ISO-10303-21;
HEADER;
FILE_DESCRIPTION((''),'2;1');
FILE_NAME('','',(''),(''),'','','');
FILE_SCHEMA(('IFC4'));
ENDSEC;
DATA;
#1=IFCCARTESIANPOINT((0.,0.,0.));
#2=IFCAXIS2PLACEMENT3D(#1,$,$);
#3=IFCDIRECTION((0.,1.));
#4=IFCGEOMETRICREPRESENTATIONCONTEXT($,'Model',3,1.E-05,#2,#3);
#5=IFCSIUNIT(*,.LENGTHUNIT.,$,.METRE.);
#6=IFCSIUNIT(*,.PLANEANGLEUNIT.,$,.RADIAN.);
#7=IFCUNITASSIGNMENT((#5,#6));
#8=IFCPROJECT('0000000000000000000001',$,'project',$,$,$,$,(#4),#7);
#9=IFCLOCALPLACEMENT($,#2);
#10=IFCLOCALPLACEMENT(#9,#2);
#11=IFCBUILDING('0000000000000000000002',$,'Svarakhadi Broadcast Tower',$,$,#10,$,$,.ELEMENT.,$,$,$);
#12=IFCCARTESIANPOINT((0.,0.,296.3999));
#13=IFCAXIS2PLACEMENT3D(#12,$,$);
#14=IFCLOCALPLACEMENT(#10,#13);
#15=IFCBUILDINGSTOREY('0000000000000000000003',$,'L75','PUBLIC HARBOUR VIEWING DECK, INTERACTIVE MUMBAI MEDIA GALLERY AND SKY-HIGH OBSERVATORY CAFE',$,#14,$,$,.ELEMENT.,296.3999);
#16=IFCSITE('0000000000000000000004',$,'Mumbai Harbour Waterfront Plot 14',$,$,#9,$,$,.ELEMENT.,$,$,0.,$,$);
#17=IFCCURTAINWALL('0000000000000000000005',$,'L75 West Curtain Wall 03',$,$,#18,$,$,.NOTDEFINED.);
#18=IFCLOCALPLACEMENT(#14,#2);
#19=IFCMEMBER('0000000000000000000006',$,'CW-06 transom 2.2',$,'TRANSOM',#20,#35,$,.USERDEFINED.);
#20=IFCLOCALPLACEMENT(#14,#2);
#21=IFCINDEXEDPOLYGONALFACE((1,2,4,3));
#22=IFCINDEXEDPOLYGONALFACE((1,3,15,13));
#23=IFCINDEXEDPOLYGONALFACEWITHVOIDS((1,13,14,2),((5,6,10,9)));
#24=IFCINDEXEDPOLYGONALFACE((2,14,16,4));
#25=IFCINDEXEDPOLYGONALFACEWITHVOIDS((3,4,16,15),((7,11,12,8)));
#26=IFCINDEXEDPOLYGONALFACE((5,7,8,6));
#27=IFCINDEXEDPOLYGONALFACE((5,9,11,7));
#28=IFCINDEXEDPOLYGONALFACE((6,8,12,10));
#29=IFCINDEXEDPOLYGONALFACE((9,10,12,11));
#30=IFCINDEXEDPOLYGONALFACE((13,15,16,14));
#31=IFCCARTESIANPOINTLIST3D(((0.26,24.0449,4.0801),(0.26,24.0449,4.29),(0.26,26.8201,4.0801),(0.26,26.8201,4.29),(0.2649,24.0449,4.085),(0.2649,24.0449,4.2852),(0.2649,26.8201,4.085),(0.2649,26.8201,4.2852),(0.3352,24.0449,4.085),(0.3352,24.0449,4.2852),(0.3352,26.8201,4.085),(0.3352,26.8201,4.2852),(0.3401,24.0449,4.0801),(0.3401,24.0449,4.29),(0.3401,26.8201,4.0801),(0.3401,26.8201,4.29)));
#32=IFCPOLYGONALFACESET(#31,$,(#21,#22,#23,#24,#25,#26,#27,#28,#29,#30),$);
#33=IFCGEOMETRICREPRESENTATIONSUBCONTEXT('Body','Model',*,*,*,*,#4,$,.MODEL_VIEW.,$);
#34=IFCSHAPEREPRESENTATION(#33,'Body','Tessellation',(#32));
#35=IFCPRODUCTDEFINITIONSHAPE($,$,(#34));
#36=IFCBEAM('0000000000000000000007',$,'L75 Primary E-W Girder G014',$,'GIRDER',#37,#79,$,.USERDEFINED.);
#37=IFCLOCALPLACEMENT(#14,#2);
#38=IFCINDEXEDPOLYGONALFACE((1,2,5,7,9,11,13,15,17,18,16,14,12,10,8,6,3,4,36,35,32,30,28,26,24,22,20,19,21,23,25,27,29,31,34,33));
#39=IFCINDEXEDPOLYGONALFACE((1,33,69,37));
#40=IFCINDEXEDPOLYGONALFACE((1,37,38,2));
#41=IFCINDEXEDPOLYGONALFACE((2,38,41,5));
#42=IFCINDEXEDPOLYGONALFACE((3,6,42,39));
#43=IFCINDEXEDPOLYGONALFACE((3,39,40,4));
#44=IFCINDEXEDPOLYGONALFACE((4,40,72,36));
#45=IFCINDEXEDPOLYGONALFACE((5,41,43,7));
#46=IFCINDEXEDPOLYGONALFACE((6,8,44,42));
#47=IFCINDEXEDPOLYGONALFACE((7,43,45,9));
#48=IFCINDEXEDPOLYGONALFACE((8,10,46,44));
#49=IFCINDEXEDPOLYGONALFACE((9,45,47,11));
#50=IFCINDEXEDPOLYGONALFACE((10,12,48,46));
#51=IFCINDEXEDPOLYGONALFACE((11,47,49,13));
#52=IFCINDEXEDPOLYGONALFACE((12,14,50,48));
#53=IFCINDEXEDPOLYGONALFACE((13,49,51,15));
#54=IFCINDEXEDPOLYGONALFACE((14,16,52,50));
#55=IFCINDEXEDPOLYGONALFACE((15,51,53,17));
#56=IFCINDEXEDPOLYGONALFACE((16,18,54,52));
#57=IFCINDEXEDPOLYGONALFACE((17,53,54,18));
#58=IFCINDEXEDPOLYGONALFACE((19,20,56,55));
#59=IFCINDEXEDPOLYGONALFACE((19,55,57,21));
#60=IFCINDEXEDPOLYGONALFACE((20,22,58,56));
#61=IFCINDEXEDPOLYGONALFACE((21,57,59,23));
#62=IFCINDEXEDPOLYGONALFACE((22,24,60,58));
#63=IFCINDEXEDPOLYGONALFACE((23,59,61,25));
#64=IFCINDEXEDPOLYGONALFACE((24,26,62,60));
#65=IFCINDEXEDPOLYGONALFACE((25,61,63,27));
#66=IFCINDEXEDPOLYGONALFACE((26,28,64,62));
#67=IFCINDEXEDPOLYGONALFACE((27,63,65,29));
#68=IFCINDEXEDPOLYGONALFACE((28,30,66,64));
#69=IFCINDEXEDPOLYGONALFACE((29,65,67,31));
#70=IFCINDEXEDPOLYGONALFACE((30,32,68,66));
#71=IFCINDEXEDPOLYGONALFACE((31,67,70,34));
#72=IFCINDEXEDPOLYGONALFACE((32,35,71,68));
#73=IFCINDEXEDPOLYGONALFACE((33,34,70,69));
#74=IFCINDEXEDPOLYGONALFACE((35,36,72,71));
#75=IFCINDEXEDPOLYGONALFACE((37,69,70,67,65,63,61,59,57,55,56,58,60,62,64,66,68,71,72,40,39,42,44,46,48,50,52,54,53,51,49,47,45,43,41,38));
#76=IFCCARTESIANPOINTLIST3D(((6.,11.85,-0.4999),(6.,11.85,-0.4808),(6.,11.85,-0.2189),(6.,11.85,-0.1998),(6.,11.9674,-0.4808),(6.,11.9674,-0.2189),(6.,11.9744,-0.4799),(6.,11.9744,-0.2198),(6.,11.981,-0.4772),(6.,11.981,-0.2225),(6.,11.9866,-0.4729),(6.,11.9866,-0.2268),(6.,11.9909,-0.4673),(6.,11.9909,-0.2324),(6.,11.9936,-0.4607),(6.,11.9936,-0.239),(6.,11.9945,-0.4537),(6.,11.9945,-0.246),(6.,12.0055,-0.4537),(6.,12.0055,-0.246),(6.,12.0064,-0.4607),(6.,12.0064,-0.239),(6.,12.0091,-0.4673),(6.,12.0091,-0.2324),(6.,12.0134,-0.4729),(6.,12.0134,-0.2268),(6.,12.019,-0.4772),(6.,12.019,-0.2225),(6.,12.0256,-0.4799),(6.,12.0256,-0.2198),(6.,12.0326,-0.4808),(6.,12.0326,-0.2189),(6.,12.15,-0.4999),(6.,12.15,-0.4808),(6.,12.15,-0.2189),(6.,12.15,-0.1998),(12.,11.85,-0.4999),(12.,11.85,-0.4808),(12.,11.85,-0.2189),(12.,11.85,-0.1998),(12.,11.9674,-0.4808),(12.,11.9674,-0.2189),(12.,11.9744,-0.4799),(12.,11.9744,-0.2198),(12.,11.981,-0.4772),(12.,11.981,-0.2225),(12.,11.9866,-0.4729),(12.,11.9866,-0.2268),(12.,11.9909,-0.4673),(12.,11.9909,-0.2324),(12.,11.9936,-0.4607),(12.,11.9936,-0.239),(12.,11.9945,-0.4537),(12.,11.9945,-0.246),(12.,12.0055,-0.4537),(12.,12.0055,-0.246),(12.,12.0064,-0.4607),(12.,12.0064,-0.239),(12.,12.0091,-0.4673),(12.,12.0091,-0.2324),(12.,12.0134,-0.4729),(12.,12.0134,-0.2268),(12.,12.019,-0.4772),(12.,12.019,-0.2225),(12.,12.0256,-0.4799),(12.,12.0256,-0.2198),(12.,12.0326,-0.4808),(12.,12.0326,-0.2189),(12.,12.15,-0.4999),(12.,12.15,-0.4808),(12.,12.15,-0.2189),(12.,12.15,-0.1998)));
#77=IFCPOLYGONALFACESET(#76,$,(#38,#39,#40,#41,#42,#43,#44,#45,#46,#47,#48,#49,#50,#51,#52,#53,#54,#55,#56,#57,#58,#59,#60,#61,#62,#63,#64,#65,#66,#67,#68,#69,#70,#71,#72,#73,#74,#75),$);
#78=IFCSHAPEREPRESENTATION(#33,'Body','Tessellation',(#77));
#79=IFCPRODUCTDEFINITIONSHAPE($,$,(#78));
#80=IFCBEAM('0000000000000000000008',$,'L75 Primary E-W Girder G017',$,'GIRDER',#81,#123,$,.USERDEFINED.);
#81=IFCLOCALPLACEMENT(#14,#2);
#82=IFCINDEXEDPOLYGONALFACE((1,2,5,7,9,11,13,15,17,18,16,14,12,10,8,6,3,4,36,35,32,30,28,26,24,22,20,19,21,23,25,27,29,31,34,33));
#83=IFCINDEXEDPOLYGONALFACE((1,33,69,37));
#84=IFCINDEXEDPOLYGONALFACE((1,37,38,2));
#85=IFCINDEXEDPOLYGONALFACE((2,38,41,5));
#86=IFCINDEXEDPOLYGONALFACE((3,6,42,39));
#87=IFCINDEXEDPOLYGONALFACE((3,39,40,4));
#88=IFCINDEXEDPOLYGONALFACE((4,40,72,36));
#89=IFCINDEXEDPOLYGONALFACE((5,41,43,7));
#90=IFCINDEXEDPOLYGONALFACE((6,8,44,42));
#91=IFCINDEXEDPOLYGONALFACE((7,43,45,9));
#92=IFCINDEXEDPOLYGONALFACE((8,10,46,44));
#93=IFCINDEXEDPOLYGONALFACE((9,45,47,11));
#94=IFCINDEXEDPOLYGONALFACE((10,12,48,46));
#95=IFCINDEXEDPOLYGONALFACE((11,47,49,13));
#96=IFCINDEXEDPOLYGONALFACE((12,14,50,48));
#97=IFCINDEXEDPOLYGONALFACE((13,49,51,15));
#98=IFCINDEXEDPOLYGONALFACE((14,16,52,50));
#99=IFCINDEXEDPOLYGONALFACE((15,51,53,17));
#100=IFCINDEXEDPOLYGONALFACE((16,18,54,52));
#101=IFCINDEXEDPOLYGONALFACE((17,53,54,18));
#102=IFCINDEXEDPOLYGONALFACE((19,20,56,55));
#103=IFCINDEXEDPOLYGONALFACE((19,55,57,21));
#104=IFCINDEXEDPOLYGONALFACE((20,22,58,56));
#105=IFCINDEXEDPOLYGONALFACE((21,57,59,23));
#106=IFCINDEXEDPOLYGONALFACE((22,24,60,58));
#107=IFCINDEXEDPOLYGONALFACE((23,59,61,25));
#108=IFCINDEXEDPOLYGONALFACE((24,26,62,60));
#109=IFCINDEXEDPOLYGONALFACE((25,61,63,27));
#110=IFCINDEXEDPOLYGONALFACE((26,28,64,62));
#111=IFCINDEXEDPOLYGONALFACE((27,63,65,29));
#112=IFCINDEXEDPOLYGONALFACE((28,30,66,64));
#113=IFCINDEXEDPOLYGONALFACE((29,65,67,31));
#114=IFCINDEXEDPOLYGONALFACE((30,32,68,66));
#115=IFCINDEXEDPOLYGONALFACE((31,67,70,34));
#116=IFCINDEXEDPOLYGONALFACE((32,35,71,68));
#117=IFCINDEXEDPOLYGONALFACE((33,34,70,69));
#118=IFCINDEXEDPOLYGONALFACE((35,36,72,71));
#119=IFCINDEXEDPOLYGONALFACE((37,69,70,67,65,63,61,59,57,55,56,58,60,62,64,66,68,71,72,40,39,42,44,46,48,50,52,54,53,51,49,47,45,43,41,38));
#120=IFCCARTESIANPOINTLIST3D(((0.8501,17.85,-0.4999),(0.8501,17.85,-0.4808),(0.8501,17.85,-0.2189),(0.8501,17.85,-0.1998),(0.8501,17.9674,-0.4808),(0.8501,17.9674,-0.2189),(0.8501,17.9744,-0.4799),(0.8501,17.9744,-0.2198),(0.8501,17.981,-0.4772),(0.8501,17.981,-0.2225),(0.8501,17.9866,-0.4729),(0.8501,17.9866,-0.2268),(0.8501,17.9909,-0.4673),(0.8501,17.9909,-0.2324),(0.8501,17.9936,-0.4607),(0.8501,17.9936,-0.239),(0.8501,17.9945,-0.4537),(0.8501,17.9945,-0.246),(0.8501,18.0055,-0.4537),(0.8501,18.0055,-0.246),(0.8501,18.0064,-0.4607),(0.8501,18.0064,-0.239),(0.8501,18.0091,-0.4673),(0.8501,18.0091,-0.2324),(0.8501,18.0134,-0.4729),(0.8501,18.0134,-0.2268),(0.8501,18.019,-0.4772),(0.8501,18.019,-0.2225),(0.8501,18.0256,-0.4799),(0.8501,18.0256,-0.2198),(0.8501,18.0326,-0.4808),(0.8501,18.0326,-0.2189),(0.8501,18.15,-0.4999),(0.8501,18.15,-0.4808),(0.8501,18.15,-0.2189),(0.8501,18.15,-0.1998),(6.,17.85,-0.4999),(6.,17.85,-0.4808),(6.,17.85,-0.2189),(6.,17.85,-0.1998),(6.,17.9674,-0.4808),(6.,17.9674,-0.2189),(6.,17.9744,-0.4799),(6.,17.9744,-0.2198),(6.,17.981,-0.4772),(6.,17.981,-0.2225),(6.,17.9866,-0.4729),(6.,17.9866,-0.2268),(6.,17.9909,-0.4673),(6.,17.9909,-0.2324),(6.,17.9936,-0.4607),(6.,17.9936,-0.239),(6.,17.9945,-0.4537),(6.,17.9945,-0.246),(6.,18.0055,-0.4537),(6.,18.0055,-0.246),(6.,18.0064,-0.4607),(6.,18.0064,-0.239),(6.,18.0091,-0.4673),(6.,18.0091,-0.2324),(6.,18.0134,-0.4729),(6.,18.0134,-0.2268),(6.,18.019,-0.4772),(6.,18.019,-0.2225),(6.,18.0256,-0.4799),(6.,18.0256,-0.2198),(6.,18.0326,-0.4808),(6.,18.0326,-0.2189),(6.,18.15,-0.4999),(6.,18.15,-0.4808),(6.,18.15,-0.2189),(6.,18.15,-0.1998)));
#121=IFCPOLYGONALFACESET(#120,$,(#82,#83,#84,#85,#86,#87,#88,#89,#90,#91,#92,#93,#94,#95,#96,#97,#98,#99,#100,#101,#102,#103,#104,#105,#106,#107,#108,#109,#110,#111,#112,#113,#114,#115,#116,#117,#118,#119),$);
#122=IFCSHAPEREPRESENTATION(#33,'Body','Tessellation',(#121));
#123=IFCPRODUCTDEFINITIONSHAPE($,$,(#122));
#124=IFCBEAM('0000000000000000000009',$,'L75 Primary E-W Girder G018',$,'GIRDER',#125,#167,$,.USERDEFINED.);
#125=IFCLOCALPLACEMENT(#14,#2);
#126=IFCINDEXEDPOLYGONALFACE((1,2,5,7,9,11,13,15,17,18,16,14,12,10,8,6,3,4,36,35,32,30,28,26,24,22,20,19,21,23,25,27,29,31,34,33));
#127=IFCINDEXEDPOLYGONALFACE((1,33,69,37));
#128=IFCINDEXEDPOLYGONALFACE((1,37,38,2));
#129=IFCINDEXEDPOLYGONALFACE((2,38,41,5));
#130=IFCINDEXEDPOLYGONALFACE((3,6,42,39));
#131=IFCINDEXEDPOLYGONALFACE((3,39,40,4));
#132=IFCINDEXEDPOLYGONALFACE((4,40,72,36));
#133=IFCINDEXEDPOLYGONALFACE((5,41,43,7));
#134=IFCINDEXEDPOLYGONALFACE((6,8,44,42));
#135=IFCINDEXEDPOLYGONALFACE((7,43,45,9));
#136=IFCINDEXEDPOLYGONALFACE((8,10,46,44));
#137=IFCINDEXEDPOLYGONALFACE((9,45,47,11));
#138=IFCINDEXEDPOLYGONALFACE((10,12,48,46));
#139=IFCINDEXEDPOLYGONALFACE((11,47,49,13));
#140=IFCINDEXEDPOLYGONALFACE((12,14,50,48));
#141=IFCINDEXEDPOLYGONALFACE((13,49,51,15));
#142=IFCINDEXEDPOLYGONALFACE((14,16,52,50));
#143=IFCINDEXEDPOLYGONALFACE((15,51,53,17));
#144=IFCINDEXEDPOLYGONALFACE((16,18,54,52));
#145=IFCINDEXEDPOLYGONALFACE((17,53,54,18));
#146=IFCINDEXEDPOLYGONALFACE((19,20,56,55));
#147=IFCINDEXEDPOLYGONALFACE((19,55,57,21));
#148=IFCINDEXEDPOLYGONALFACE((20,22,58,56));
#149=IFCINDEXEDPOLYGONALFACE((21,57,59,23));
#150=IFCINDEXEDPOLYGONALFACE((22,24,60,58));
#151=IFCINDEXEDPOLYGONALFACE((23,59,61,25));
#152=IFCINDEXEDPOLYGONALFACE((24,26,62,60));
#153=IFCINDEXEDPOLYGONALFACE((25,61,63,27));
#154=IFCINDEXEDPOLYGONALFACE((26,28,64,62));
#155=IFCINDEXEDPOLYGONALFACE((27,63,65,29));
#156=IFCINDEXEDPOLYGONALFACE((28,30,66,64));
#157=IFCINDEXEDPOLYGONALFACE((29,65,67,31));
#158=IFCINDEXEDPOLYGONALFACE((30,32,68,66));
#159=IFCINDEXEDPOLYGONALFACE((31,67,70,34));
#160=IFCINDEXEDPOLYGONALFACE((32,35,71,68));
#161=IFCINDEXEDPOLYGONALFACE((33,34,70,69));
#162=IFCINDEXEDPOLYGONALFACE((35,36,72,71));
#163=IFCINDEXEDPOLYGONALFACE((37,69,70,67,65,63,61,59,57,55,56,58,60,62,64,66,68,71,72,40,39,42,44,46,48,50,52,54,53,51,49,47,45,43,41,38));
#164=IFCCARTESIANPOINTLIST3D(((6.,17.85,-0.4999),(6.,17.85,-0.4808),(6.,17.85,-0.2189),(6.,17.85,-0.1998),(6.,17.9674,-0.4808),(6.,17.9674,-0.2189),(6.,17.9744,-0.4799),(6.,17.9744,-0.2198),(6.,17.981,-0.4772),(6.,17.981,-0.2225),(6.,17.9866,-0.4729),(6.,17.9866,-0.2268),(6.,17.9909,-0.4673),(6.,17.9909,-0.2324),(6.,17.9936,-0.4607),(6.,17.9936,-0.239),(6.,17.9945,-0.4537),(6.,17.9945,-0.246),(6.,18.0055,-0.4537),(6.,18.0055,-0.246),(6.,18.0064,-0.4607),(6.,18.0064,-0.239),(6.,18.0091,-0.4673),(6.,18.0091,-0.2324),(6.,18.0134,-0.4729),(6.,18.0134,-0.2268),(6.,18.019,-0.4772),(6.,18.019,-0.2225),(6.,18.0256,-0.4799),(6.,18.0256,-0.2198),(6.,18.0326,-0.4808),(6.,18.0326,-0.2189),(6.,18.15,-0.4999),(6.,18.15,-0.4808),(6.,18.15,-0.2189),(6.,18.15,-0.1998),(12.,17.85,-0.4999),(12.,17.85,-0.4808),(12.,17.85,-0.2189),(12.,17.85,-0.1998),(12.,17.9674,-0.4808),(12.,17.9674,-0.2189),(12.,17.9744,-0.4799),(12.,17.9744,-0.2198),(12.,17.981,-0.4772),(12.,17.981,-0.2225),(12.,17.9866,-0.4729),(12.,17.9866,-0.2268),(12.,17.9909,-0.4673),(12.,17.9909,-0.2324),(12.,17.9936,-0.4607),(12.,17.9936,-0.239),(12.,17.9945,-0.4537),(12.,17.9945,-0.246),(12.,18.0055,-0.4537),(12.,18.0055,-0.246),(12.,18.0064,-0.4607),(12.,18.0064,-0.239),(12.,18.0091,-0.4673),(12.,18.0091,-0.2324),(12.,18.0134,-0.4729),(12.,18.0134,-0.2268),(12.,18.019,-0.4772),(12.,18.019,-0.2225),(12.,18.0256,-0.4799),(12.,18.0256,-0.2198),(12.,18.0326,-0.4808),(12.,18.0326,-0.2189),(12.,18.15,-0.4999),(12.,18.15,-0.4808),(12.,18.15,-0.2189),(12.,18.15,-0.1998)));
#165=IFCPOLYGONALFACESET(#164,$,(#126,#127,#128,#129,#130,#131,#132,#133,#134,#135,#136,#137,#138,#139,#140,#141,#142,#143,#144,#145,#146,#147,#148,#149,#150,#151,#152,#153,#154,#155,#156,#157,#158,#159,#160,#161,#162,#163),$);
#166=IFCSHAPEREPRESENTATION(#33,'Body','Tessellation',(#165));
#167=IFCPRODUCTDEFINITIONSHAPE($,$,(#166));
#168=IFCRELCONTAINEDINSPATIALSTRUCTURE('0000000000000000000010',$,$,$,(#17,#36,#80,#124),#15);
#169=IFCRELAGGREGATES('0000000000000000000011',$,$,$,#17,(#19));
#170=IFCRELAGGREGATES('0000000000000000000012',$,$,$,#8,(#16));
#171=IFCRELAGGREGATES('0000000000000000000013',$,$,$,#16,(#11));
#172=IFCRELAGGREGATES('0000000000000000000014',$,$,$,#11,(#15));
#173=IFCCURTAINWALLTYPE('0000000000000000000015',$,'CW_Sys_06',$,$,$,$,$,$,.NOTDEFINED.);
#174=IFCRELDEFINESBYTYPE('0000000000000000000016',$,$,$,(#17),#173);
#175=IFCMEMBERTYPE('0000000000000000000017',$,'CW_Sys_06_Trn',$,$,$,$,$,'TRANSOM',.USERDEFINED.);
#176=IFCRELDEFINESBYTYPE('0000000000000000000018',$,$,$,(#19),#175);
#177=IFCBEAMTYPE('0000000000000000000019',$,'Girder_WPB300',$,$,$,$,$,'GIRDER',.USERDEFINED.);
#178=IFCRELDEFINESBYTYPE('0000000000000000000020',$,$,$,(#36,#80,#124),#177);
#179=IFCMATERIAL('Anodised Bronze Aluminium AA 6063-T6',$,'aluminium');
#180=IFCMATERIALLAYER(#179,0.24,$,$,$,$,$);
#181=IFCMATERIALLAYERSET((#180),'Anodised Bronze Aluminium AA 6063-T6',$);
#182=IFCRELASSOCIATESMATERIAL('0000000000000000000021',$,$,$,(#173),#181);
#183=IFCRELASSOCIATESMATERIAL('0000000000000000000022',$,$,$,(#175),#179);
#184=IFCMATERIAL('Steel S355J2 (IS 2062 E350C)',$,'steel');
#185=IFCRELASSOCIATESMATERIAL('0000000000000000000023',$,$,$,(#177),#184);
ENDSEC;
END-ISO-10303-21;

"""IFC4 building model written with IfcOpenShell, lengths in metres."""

from ifc_helpers import new_model, si_unit, direction, frame, origin, origin_2d, place, context, subcontext, project, spatial, hollow_rectangle, i_section, extrude, material, layer, layer_set, material_profile, profile_set, type_object, element, aggregate, save


model = new_model("IFC4")

# Units and contexts
model_context = context("Model", 3, precision=1e-05, world=origin(), true_north=direction((0.0, 1.0)))
body_context = subcontext(model_context, "Body", "Model", "MODEL_VIEW")
ifc_project = project(units=[si_unit("LENGTHUNIT", "METRE"), si_unit("PLANEANGLEUNIT", "RADIAN")], contexts=[model_context])

# Site, building, storey
site_placement = place(None, origin())
site = spatial("IfcSite", under=ifc_project, at=site_placement, Name="Mumbai Harbour Waterfront Plot 14", CompositionType="ELEMENT", RefElevation=0.0)
building_placement = place(site_placement, origin())
building = spatial("IfcBuilding", under=site, at=building_placement, Name="Svarakhadi Broadcast Tower", CompositionType="ELEMENT")
storey_placement = place(building_placement, frame((0.0, 0.0, 296.3999)))
storey = spatial("IfcBuildingStorey", under=building, at=storey_placement, Name="L75", Description="PUBLIC HARBOUR VIEWING DECK, INTERACTIVE MUMBAI MEDIA GALLERY AND SKY-HIGH OBSERVATORY CAFE", CompositionType="ELEMENT", Elevation=296.3999)

# Shared definitions
ifc_material_1 = material(Name="Steel S355J2 (IS 2062 E350C)", Category="steel")

# Curtain wall, member
ifc_material_2 = material(Name="Anodised Bronze Aluminium AA 6063-T6", Category="aluminium")
ifc_layer_1 = layer(ifc_material_2, 0.24)
ifc_layer_set_1 = layer_set([ifc_layer_1], Name="Anodised Bronze Aluminium AA 6063-T6")
curtain_wall_type = type_object("IfcCurtainWallType", Name="CW_Sys_06", PredefinedType="NOTDEFINED", material=ifc_layer_set_1)
curtain_wall_placement = place(storey_placement, origin())
curtain_wall = element("IfcCurtainWall", 1, at=curtain_wall_placement, inside=storey, type_object=curtain_wall_type, Name="L75 West Curtain Wall 03", PredefinedType="NOTDEFINED")
ifc_material_profile_1 = material_profile(ifc_material_2, hollow_rectangle(XDim=0.0801, YDim=0.21, WallThickness=0.0049, at=origin_2d()), Name="ALU TRANSOM 210x80x5")
ifc_profile_set_1 = profile_set([ifc_material_profile_1], Name="Anodised Bronze Aluminium AA 6063-T6")
member_type_1 = type_object("IfcMemberType", Name="CW_Sys_06_Trn", ElementType="TRANSOM", PredefinedType="USERDEFINED", material=ifc_profile_set_1)
member_1_placement = place(storey_placement, frame((0.3, 24.0449, 4.1851), z_axis=(0.0, 1.0, 0.0), x_axis=(-1.0, 0.0, 0.0)))
member_1 = element("IfcMember", 2, at=member_1_placement, type_object=member_type_1, Name="CW-06 transom 2.2", ObjectType="TRANSOM", PredefinedType="USERDEFINED", context=body_context, shape_type="SweptSolid", body=[
    extrude(hollow_rectangle(XDim=0.0801, YDim=0.21, WallThickness=0.0049, at=origin_2d()), origin(), (0.0, 0.0, 1.0), 2.7751),
])

# Beams
ifc_material_profile_2 = material_profile(ifc_material_1, i_section(OverallWidth=0.3, OverallDepth=0.3, WebThickness=0.011, FlangeThickness=0.019, FilletRadius=0.0271, at=origin_2d()), Name="WPB 300x300x117")
ifc_profile_set_2 = profile_set([ifc_material_profile_2], Name="Steel S355J2 (IS 2062 E350C)")
beam_type_1 = type_object("IfcBeamType", Name="Girder_WPB300", ElementType="GIRDER", PredefinedType="USERDEFINED", material=ifc_profile_set_2)
beam_1_placement = place(storey_placement, frame((6.0, 12.0, -0.3499), z_axis=(1.0, 0.0, 0.0), x_axis=(0.0, 1.0, 0.0)))
element("IfcBeam", 3, at=beam_1_placement, inside=storey, type_object=beam_type_1, Name="L75 Primary E-W Girder G014", ObjectType="GIRDER", PredefinedType="USERDEFINED", context=body_context, shape_type="SweptSolid", body=[
    extrude(i_section(OverallWidth=0.3, OverallDepth=0.3, WebThickness=0.011, FlangeThickness=0.019, FilletRadius=0.0271, at=origin_2d()), origin(), (0.0, 0.0, 1.0), 6.0),
])
beam_2_placement = place(storey_placement, frame((0.8501, 18.0, -0.3499), z_axis=(1.0, 0.0, 0.0), x_axis=(0.0, 1.0, 0.0)))
element("IfcBeam", 4, at=beam_2_placement, inside=storey, type_object=beam_type_1, Name="L75 Primary E-W Girder G017", ObjectType="GIRDER", PredefinedType="USERDEFINED", context=body_context, shape_type="SweptSolid", body=[
    extrude(i_section(OverallWidth=0.3, OverallDepth=0.3, WebThickness=0.011, FlangeThickness=0.019, FilletRadius=0.0271, at=origin_2d()), origin(), (0.0, 0.0, 1.0), 5.1499),
])
for number, where, z_axis, x_axis, name in (
    (5, (6.0, 18.0, -0.3499), (1.0, 0.0, 0.0), (0.0, 1.0, 0.0), "L75 Primary E-W Girder G018"),
):
    element("IfcBeam", number, at=place(storey_placement, frame(where, z_axis=z_axis, x_axis=x_axis)), inside=storey, type_object=beam_type_1, Name=name, ObjectType="GIRDER", PredefinedType="USERDEFINED", context=body_context, shape_type="SweptSolid", body=[
        extrude(i_section(OverallWidth=0.3, OverallDepth=0.3, WebThickness=0.011, FlangeThickness=0.019, FilletRadius=0.0271, at=origin_2d()), origin(), (0.0, 0.0, 1.0), 6.0),
    ])

aggregate(curtain_wall, [member_1])

save(model, "model.ifc")
